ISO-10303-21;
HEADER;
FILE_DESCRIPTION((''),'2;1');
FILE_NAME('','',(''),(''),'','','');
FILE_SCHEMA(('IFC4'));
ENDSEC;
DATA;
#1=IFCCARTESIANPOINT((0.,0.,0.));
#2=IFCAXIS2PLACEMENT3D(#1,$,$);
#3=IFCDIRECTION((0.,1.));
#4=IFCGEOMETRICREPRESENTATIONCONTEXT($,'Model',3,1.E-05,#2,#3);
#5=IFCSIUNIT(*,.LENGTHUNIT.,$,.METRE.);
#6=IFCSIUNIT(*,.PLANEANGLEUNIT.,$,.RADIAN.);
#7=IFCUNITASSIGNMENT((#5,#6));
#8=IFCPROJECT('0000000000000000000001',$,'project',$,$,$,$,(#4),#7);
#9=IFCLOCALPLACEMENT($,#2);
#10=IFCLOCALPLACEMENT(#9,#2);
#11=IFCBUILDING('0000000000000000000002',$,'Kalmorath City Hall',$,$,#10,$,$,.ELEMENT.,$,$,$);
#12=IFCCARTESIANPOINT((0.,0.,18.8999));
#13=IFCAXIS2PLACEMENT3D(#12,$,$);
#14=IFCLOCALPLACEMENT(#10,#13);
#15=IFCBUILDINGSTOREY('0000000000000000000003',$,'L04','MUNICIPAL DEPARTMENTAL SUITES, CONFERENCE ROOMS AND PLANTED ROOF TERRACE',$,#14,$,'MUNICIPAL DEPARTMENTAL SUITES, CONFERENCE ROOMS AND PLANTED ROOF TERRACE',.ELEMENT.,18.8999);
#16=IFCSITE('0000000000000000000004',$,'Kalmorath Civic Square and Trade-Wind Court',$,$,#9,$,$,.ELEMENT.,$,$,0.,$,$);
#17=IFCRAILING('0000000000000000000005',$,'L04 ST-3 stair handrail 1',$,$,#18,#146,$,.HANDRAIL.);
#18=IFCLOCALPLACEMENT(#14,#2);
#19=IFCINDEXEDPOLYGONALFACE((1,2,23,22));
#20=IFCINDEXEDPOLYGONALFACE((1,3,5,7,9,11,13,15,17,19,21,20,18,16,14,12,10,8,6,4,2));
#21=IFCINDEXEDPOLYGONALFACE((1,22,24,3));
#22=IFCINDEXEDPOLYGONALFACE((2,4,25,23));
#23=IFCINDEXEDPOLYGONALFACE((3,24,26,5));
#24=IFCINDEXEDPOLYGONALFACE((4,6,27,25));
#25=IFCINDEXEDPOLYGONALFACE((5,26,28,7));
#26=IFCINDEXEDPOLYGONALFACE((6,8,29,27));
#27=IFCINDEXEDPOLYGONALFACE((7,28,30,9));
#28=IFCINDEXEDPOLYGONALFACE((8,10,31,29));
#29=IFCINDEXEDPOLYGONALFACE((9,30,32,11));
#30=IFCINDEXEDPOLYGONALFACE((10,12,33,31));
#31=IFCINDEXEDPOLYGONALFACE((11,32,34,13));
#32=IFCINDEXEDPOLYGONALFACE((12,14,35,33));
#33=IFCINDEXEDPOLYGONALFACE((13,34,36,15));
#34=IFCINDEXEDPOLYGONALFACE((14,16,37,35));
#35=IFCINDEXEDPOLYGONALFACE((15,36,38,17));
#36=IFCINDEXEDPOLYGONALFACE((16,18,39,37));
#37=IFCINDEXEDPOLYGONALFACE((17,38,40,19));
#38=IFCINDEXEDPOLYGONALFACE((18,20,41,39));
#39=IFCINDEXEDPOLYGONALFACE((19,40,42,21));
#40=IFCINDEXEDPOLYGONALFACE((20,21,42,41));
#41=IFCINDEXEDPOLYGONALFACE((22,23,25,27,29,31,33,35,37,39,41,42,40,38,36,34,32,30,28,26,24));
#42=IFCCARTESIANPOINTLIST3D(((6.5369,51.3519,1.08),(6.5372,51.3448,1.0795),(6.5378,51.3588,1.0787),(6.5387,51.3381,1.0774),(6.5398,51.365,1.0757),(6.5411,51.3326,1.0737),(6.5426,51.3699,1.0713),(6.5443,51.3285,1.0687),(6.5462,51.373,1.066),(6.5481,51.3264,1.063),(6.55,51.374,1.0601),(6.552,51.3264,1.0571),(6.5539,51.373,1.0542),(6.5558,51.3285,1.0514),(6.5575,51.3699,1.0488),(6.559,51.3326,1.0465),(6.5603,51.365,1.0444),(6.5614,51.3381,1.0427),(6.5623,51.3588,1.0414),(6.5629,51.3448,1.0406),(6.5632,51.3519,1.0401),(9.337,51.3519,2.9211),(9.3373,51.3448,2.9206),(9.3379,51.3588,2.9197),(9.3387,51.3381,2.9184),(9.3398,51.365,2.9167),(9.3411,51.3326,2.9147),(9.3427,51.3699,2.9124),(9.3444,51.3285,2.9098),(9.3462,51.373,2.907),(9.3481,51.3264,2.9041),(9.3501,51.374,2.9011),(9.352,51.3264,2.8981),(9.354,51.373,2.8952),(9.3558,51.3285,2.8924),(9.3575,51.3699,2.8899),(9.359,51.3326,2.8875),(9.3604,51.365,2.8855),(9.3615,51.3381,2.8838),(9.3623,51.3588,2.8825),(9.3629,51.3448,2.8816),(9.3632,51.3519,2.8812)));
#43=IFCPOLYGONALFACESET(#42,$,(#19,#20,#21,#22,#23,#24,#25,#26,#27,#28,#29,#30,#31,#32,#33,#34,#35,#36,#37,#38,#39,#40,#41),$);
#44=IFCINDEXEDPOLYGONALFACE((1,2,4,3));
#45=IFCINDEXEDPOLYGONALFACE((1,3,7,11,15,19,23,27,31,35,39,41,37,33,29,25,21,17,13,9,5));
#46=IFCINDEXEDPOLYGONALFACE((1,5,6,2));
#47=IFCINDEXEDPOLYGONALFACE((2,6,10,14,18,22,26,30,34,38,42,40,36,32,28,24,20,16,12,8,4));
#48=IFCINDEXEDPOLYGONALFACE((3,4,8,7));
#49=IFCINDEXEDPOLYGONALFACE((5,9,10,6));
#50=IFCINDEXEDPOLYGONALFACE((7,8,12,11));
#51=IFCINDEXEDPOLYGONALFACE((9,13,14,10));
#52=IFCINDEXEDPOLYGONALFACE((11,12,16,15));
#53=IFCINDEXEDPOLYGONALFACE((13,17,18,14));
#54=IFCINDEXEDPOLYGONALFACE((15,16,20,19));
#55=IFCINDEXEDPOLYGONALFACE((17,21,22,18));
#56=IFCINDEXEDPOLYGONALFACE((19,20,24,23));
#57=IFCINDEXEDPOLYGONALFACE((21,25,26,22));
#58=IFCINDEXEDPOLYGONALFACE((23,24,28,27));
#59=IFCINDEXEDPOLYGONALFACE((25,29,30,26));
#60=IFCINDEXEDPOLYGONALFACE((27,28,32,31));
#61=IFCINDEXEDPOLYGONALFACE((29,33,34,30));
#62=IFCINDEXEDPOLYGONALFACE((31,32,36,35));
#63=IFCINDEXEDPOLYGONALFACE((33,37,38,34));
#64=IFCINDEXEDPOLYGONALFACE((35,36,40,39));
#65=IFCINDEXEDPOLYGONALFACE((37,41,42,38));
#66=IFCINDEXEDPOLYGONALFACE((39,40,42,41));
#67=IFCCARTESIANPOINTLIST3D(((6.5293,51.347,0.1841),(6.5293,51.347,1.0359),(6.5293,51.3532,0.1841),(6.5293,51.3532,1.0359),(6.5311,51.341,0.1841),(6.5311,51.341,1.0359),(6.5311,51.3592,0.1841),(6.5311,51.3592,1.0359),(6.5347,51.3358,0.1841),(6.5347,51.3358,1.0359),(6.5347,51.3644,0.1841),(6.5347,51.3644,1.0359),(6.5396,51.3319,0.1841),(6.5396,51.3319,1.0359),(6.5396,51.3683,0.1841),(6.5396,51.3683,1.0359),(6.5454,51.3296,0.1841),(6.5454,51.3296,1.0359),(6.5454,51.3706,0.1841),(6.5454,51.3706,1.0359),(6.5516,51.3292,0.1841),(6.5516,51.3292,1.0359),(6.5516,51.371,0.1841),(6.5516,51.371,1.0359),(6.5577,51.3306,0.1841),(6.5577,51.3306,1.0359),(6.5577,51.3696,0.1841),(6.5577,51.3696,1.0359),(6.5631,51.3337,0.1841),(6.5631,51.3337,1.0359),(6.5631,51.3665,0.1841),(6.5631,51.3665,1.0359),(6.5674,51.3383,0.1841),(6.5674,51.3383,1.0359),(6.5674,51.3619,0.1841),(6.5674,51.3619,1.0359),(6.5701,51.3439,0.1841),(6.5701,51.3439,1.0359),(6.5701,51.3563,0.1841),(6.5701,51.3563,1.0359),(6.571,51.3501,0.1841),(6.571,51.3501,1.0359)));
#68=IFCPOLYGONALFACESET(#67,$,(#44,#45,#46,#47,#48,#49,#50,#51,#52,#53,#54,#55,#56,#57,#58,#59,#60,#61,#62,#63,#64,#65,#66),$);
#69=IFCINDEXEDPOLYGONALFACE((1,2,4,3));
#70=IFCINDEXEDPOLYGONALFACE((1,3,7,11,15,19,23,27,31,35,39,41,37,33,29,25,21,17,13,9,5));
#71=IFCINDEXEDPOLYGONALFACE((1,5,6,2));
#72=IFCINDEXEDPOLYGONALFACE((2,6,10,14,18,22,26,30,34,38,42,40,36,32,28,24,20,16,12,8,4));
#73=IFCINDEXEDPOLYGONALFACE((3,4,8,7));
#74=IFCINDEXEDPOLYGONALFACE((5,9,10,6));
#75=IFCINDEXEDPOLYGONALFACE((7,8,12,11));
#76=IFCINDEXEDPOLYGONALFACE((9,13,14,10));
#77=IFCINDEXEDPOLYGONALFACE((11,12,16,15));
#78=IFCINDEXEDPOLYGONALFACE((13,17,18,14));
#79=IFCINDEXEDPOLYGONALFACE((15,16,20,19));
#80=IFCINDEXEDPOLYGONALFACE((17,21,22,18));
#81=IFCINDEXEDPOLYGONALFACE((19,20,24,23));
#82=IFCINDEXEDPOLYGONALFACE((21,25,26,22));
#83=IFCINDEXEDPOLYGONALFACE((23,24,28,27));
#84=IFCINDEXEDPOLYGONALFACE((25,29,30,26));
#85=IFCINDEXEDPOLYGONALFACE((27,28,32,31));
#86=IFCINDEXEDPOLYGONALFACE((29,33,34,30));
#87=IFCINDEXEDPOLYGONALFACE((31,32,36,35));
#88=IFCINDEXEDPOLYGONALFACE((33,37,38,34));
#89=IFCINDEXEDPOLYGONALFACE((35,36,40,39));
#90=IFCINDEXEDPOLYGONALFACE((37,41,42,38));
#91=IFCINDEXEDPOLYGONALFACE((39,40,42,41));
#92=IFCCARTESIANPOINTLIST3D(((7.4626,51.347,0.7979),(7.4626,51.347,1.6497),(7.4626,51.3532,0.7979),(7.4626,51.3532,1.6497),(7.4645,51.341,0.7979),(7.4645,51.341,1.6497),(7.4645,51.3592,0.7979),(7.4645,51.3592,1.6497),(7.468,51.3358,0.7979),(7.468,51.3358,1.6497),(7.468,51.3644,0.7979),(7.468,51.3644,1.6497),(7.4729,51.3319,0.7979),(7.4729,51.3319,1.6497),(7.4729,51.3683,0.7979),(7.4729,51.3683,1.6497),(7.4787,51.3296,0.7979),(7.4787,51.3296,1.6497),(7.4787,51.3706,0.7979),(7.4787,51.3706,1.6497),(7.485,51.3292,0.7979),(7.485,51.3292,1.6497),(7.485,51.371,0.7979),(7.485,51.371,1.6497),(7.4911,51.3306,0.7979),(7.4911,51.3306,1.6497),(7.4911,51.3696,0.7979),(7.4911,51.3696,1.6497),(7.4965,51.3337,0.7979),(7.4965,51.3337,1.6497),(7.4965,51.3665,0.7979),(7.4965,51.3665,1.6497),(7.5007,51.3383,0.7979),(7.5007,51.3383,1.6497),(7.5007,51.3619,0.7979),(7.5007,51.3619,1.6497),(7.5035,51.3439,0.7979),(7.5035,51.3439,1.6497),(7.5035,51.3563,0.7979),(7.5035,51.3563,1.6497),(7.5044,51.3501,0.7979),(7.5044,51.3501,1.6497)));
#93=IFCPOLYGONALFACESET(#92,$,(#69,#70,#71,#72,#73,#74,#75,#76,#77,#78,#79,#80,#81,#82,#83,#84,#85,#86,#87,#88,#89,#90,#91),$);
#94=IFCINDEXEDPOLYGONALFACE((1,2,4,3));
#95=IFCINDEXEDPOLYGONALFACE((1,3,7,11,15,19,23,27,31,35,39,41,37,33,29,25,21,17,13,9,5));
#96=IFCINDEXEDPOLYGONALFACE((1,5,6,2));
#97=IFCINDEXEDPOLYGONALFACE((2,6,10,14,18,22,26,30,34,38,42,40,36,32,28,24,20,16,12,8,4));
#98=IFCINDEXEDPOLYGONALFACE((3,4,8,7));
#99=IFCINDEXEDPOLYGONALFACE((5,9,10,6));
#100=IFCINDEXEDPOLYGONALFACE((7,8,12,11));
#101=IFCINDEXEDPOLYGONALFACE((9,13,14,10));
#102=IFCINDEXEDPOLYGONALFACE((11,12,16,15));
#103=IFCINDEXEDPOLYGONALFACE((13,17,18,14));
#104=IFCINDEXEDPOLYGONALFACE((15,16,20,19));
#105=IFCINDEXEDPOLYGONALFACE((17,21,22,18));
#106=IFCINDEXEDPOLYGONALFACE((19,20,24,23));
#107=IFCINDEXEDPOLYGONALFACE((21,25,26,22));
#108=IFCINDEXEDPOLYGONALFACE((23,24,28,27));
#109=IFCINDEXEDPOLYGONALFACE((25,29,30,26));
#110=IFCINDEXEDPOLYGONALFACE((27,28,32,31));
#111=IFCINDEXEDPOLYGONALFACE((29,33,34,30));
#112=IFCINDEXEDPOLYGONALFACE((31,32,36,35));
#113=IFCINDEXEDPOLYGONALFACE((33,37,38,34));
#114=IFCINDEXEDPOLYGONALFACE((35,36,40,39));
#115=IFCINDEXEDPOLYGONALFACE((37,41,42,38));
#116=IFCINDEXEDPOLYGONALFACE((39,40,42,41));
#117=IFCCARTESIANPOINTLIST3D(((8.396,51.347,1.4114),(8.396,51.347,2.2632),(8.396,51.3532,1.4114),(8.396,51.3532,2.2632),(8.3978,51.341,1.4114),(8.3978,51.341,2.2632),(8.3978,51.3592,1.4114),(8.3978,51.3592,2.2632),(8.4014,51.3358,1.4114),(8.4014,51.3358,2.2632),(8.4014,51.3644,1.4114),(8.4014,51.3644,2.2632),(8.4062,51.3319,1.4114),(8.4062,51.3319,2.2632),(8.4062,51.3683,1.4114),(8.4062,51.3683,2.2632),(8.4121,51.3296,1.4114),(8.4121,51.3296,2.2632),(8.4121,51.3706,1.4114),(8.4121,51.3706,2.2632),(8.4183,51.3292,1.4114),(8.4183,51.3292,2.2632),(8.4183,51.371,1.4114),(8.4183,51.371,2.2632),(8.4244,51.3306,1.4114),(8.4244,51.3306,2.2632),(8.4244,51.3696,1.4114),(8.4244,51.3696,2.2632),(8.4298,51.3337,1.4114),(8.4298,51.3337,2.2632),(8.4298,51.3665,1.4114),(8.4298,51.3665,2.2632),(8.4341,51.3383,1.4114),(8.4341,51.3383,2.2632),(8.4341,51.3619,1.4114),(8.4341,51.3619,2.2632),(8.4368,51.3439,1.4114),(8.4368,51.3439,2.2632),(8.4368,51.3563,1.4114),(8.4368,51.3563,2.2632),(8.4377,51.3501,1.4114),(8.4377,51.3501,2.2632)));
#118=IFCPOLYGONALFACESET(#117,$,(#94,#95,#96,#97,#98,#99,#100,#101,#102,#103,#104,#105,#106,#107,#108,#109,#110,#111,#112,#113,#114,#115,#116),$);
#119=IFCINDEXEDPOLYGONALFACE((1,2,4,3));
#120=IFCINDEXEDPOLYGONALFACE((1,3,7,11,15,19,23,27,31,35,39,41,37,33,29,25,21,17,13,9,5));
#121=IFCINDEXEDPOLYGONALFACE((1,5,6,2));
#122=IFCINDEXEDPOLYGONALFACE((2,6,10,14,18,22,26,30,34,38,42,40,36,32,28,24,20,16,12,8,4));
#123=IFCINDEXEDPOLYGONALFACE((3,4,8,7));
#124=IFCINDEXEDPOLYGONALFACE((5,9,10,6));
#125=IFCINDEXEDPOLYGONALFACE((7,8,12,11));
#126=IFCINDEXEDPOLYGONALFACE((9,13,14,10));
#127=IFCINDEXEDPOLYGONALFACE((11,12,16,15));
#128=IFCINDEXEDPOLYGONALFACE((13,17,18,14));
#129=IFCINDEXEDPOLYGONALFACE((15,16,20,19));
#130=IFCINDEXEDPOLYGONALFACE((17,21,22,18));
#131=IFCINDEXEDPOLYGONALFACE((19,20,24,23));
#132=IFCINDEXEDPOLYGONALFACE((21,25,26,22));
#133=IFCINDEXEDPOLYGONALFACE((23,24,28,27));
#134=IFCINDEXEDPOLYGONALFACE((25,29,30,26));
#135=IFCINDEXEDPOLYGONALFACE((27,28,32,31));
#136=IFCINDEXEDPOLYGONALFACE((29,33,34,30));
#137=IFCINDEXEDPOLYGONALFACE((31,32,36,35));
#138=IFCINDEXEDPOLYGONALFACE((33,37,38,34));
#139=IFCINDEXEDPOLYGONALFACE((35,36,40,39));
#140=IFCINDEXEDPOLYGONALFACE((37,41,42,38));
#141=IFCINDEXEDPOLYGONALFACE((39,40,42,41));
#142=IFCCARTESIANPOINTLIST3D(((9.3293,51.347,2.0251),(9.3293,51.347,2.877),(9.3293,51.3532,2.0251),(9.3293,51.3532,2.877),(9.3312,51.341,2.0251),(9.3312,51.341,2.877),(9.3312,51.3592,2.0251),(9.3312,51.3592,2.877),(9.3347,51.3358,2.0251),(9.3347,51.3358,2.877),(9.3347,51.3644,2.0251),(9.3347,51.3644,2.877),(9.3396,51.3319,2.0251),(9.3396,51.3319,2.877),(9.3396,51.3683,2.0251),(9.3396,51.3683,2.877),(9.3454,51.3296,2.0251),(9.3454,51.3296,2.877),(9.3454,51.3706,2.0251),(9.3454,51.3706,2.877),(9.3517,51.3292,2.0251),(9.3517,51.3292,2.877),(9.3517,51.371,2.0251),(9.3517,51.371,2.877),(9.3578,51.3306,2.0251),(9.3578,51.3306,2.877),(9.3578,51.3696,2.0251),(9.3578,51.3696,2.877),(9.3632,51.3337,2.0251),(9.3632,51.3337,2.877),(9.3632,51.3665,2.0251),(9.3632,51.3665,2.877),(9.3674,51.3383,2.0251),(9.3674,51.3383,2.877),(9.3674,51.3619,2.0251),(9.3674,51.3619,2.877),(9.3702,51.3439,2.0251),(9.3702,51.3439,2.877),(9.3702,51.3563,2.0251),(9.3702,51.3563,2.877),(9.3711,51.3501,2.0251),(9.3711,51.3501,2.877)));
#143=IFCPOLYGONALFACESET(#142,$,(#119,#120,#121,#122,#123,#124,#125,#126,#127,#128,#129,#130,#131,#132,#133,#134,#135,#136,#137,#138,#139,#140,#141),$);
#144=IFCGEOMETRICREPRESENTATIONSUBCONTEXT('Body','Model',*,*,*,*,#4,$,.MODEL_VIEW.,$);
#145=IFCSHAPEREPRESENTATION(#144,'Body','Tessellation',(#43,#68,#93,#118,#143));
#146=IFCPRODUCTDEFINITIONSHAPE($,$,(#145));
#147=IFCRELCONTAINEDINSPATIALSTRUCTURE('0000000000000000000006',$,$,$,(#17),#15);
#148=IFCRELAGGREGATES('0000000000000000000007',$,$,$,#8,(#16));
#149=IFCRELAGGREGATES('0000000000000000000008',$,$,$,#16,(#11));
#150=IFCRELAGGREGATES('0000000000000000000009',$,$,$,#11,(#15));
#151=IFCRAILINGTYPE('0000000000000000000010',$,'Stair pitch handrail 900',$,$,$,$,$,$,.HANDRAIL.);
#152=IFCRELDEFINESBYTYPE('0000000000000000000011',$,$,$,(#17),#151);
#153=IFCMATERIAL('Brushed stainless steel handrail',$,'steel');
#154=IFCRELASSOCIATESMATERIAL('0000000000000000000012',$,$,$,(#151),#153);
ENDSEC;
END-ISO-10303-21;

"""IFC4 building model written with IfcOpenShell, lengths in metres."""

from ifc_helpers import new_model, si_unit, direction, frame, origin, origin_2d, place, context, subcontext, project, spatial, circle, extrude, material, type_object, element, save


model = new_model("IFC4")

# Units and contexts
model_context = context("Model", 3, precision=1e-05, world=origin(), true_north=direction((0.0, 1.0)))
body_context = subcontext(model_context, "Body", "Model", "MODEL_VIEW")
ifc_project = project(units=[si_unit("LENGTHUNIT", "METRE"), si_unit("PLANEANGLEUNIT", "RADIAN")], contexts=[model_context])

# Site, building, storey
site_placement = place(None, origin())
site = spatial("IfcSite", under=ifc_project, at=site_placement, Name="Kalmorath Civic Square and Trade-Wind Court", CompositionType="ELEMENT", RefElevation=0.0)
building_placement = place(site_placement, origin())
building = spatial("IfcBuilding", under=site, at=building_placement, Name="Kalmorath City Hall", CompositionType="ELEMENT")
storey_placement = place(building_placement, frame((0.0, 0.0, 18.8999)))
storey = spatial("IfcBuildingStorey", under=building, at=storey_placement, Name="L04", Description="MUNICIPAL DEPARTMENTAL SUITES, CONFERENCE ROOMS AND PLANTED ROOF TERRACE", LongName="MUNICIPAL DEPARTMENTAL SUITES, CONFERENCE ROOMS AND PLANTED ROOF TERRACE", CompositionType="ELEMENT", Elevation=18.8999)

# Railing
ifc_material_1 = material(Name="Brushed stainless steel handrail", Category="steel")
railing_type_1 = type_object("IfcRailingType", Name="Stair pitch handrail 900", PredefinedType="HANDRAIL", material=ifc_material_1)
railing_1_placement = place(storey_placement, frame((6.55, 51.3501, 0.1841)))
element("IfcRailing", 1, at=railing_1_placement, inside=storey, type_object=railing_type_1, Name="L04 ST-3 stair handrail 1", PredefinedType="HANDRAIL", context=body_context, shape_type="SweptSolid", body=[
    extrude(circle(Radius=0.0239, at=origin_2d()), frame((0.0, 0.0, 0.876), z_axis=(0.835564, 0.0, 0.549393), x_axis=(0.0, 1.0, 0.0)), (0.0, 0.0, 1.0), 3.3511),
    extrude(circle(Radius=0.021, at=origin_2d()), origin(), (0.0, 0.0, 1.0), 0.8518),
    extrude(circle(Radius=0.021, at=origin_2d()), frame((0.9333, 0.0, 0.6138)), (0.0, 0.0, 1.0), 0.8518),
    extrude(circle(Radius=0.021, at=origin_2d()), frame((1.8667, 0.0, 1.2273)), (0.0, 0.0, 1.0), 0.8518),
    extrude(circle(Radius=0.021, at=origin_2d()), frame((2.8, 0.0, 1.8411)), (0.0, 0.0, 1.0), 0.8518),
])

save(model, "model.ifc")
